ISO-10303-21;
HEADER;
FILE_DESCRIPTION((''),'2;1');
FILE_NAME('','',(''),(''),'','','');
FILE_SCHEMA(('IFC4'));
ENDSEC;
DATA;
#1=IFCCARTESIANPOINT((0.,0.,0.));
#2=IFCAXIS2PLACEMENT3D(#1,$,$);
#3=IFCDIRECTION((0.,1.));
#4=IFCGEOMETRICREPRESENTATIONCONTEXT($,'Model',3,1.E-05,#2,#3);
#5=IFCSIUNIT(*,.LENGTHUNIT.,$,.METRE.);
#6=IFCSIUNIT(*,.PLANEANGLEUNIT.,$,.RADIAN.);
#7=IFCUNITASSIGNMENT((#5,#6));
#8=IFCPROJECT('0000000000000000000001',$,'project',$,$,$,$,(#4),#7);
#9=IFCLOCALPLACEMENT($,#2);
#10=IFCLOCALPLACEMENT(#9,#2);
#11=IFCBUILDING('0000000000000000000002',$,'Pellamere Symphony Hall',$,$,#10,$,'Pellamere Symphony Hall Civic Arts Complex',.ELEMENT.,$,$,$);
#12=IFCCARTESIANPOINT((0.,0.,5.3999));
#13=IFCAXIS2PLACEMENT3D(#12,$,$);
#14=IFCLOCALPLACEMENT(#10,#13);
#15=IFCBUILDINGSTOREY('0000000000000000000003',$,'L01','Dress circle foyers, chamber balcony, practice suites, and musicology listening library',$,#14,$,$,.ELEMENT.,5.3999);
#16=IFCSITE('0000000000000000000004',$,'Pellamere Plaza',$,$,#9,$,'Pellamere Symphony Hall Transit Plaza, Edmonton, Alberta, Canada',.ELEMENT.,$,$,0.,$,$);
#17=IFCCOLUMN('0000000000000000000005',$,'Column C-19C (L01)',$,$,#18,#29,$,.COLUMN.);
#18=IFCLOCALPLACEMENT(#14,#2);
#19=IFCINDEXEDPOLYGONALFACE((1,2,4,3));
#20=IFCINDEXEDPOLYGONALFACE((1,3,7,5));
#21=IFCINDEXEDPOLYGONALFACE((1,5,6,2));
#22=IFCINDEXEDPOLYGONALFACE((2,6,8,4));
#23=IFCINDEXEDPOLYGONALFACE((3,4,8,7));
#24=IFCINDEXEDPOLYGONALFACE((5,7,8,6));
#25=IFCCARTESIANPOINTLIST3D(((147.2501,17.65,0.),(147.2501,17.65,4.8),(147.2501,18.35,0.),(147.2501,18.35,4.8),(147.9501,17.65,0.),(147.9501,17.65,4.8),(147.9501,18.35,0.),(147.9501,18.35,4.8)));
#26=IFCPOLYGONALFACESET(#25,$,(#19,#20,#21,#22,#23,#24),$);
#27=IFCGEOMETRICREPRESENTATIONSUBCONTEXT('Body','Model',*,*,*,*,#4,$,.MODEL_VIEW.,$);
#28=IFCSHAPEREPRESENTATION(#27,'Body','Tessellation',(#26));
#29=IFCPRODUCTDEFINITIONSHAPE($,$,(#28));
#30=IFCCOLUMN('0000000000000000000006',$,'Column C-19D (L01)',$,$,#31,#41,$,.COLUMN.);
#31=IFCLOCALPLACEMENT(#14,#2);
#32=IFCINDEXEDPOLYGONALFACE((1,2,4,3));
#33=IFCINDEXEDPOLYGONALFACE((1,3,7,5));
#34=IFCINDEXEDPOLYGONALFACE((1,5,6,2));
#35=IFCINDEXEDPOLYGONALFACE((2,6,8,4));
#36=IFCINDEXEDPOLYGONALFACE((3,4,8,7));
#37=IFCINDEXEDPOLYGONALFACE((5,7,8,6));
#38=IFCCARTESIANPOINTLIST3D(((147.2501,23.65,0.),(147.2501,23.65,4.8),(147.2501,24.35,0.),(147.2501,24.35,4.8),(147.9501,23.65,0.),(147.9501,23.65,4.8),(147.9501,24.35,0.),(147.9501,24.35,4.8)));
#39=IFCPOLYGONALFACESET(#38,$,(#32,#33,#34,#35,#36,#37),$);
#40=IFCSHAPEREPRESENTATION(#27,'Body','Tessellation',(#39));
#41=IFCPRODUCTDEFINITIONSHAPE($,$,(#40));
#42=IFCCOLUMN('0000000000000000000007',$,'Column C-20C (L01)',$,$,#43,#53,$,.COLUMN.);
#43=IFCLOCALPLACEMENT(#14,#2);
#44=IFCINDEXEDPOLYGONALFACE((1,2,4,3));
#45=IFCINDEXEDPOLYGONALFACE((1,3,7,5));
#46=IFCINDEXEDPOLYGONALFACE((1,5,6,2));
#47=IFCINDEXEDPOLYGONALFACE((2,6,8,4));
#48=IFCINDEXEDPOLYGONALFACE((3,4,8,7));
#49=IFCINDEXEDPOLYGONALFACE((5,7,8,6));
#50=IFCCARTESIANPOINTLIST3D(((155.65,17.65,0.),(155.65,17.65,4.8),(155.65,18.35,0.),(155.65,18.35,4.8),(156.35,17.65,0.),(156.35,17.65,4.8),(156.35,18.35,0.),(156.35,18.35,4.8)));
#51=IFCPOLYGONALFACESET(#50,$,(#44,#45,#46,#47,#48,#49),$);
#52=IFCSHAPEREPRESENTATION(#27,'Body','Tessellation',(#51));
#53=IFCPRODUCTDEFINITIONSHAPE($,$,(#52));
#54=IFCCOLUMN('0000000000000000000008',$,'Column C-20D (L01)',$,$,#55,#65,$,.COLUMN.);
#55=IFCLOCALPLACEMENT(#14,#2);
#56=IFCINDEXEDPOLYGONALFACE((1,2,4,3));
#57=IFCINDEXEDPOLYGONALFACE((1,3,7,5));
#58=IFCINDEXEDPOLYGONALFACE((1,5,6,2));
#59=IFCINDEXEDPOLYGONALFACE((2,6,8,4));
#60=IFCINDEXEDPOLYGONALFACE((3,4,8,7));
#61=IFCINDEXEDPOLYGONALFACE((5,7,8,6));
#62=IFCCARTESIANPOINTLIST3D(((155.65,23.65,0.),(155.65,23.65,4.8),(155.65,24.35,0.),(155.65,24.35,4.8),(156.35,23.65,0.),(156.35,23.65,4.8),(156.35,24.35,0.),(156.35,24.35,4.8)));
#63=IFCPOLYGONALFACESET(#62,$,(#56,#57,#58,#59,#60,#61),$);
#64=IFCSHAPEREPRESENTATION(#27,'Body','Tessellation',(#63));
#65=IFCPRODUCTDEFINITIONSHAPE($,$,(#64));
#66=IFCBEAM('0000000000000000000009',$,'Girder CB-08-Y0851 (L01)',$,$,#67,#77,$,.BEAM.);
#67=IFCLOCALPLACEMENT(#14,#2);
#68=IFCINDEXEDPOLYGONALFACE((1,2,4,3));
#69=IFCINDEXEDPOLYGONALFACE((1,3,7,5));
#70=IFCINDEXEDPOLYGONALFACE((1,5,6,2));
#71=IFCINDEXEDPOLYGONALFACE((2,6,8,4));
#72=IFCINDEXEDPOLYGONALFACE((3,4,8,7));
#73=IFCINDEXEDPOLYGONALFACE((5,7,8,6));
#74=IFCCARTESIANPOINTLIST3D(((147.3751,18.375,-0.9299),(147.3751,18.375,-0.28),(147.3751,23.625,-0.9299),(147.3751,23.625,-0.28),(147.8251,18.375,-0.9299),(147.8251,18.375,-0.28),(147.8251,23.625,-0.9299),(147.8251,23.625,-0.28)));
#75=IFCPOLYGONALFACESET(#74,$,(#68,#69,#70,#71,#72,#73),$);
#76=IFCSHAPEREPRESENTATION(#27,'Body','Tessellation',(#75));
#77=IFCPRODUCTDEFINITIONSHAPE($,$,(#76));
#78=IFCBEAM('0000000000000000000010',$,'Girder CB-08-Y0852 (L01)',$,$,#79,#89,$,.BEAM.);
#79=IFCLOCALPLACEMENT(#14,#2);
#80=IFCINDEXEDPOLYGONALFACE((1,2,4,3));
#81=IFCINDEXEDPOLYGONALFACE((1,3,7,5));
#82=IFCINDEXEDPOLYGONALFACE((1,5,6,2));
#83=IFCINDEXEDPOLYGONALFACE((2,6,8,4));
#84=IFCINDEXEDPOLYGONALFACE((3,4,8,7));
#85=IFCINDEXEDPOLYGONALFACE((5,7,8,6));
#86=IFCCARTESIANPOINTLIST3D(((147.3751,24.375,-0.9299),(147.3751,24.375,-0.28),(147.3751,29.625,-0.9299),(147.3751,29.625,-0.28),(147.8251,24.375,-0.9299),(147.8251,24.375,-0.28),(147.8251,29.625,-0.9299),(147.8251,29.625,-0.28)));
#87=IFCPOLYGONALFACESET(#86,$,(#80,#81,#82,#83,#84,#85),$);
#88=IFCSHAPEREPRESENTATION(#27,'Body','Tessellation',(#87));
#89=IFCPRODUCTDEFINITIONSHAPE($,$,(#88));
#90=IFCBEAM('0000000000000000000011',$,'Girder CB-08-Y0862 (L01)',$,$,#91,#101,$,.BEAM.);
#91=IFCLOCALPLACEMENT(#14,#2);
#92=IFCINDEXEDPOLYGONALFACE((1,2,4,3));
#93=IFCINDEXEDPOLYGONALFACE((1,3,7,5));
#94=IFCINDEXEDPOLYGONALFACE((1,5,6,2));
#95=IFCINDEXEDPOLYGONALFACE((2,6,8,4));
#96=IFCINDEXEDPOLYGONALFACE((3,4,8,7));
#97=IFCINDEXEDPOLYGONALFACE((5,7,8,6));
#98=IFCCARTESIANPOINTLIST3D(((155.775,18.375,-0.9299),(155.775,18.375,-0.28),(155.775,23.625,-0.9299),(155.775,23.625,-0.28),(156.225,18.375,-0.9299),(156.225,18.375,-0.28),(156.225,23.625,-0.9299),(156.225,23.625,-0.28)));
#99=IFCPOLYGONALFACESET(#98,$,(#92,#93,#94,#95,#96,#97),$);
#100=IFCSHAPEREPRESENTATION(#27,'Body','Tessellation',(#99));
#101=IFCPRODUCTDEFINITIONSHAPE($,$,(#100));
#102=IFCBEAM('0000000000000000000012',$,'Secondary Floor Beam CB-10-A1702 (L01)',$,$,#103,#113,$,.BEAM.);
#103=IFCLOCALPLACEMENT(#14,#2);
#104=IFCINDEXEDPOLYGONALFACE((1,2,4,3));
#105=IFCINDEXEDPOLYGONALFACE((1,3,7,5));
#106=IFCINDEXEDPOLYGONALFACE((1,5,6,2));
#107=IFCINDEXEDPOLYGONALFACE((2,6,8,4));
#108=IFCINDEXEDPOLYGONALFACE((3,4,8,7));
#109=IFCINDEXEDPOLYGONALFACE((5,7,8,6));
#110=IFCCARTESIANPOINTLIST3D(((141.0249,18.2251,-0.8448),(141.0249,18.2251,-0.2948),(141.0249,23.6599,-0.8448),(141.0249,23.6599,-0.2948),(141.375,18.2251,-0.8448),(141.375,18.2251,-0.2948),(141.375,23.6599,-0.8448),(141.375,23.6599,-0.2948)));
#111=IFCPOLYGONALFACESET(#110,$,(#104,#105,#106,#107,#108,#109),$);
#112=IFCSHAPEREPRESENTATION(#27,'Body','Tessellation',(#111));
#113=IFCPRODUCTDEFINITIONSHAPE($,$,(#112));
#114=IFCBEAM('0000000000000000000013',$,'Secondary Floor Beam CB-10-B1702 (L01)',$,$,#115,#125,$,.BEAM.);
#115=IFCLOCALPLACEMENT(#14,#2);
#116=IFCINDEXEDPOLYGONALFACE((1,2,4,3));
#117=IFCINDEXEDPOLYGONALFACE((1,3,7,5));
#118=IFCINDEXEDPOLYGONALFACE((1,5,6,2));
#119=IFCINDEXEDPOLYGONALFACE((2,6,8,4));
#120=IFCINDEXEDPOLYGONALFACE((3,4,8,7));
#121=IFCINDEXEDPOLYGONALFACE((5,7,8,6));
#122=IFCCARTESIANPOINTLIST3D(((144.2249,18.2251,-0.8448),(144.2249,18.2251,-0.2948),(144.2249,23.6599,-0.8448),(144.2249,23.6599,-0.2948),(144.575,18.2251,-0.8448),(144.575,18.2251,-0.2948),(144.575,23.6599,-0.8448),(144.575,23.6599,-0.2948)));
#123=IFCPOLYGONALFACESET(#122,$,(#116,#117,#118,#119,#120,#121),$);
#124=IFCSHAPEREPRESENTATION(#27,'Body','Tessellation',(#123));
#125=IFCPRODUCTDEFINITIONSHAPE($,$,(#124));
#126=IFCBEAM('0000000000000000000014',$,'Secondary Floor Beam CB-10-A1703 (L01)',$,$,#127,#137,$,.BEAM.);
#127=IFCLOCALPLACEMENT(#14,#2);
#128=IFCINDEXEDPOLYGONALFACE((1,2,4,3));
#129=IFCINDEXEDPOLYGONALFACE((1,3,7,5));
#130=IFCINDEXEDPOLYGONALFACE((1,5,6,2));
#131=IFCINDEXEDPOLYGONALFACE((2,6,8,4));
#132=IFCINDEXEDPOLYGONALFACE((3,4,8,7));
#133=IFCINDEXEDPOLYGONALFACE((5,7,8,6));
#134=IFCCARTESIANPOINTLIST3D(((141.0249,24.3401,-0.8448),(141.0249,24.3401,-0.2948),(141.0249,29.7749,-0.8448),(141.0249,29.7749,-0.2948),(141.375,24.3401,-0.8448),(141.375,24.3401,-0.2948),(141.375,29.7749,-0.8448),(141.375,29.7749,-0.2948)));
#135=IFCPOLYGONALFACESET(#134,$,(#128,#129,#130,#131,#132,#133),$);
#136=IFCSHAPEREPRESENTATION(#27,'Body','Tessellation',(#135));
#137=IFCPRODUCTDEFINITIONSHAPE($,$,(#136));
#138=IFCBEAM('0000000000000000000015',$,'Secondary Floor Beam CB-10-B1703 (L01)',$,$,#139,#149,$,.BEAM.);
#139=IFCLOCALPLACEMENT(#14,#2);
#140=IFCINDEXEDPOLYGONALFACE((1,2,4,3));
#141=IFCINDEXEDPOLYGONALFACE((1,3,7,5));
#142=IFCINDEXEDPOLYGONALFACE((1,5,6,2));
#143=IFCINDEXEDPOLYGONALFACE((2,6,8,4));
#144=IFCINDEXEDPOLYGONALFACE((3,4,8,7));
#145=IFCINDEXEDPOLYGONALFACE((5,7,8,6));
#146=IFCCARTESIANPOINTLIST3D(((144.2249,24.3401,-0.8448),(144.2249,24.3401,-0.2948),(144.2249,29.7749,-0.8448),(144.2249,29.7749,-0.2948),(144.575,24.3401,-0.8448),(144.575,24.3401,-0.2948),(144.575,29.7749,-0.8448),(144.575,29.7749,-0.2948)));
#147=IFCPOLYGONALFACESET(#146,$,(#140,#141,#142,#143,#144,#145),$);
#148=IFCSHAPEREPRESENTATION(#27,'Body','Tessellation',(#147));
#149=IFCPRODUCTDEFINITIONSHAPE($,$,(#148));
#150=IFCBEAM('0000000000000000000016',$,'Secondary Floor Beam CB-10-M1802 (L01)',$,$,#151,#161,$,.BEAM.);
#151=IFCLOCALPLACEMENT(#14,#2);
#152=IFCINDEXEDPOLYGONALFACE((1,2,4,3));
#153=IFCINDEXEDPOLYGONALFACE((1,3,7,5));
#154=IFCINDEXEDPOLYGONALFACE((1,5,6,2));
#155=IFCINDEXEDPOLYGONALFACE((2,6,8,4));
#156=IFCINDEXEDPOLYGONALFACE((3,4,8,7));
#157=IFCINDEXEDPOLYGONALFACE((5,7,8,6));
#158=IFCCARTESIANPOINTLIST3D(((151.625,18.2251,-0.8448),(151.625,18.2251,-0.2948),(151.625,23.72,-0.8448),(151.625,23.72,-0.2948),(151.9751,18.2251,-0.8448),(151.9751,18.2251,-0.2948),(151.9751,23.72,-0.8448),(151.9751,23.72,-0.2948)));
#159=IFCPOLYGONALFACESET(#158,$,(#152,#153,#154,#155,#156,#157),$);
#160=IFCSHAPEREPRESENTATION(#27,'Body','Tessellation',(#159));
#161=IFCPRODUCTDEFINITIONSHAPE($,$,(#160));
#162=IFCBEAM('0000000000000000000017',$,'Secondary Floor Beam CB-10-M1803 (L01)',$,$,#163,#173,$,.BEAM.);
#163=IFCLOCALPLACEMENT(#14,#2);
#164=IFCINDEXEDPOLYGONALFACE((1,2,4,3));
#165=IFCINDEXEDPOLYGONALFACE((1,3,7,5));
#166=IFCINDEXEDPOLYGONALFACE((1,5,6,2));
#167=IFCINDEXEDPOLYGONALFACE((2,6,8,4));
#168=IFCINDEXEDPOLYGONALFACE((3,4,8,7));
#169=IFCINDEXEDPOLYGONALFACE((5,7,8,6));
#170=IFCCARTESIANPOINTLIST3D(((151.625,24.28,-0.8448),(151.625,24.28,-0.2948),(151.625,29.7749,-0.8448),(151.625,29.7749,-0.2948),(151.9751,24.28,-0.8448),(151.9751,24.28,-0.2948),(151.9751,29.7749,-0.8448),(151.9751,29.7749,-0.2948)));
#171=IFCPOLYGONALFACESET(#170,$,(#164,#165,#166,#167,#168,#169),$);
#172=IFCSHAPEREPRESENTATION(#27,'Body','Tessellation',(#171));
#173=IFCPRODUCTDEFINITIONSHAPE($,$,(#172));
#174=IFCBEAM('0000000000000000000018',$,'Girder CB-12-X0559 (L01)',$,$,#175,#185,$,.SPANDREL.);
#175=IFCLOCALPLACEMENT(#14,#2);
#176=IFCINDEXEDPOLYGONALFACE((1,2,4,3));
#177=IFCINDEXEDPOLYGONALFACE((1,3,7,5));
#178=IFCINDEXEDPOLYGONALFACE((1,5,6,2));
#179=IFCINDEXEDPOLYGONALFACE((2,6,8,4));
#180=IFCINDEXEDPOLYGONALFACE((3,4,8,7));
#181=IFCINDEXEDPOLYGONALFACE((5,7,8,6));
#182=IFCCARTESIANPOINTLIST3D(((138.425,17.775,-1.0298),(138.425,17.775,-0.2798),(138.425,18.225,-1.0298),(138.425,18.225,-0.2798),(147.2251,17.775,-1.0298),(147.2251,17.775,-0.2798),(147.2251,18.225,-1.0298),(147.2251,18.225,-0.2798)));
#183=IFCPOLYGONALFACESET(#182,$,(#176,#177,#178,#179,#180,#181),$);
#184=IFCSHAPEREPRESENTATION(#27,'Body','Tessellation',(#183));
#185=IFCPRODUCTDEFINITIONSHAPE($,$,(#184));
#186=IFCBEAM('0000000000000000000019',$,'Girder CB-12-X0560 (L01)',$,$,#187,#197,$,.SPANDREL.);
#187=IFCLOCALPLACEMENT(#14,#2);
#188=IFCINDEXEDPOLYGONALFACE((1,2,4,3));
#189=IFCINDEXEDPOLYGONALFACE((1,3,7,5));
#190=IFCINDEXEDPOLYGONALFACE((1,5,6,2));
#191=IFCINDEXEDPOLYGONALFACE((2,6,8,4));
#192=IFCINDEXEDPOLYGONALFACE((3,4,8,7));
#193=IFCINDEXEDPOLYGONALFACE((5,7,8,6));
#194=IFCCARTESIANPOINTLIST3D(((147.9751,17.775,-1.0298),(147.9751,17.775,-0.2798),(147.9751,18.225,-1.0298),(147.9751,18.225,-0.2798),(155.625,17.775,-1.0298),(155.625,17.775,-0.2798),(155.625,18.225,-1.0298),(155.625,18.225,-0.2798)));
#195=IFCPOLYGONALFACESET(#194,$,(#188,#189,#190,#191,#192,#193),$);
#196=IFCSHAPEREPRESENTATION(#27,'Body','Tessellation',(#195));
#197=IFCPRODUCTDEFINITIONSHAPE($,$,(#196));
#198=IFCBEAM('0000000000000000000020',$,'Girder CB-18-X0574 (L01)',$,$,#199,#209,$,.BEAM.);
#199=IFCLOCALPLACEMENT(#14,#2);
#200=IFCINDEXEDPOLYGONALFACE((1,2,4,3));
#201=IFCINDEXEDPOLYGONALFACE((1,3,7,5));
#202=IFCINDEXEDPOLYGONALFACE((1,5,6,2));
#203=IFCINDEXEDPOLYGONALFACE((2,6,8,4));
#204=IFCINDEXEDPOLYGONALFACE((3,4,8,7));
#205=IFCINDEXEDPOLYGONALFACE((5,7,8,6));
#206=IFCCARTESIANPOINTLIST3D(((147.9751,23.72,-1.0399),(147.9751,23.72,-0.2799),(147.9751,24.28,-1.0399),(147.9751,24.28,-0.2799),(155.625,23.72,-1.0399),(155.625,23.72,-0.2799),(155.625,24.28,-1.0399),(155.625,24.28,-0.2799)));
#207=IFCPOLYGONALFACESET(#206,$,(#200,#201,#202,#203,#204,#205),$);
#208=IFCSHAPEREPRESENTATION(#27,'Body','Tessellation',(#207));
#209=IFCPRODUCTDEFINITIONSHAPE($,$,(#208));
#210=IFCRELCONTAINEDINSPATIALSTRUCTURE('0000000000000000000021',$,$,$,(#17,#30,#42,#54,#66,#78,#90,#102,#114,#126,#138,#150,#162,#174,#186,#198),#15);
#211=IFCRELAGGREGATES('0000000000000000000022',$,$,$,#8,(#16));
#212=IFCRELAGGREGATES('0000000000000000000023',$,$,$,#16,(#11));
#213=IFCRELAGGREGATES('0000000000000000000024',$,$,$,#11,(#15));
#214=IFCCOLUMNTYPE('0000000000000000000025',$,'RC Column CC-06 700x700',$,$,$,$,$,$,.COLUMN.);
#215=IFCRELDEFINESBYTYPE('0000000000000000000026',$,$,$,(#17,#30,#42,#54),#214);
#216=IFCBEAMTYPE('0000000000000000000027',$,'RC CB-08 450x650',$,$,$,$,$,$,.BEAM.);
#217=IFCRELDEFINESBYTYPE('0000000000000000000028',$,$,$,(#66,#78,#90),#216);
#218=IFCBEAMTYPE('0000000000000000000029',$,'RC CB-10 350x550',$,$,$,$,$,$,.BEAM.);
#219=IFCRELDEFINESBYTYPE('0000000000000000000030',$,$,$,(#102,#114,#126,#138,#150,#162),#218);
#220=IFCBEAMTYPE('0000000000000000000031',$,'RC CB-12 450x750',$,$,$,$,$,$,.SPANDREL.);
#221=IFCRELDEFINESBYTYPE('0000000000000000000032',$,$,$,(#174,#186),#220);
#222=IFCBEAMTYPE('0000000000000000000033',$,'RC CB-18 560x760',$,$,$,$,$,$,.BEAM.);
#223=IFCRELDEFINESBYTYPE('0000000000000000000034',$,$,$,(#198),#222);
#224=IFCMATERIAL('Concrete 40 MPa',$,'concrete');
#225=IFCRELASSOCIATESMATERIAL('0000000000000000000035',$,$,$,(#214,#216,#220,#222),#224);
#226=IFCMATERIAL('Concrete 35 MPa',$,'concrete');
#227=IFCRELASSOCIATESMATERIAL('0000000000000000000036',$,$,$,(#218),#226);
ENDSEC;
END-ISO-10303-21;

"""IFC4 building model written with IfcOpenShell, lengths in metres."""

from ifc_helpers import new_model, si_unit, direction, frame, origin, origin_2d, place, context, subcontext, project, spatial, rectangle, extrude, material, material_profile, profile_set, type_object, element, save


model = new_model("IFC4")

# Units and contexts
model_context = context("Model", 3, precision=1e-05, world=origin(), true_north=direction((0.0, 1.0)))
body_context = subcontext(model_context, "Body", "Model", "MODEL_VIEW")
ifc_project = project(units=[si_unit("LENGTHUNIT", "METRE"), si_unit("PLANEANGLEUNIT", "RADIAN")], contexts=[model_context])

# Site, building, storey
site_placement = place(None, origin())
site = spatial("IfcSite", under=ifc_project, at=site_placement, Name="Pellamere Plaza", LongName="Pellamere Symphony Hall Transit Plaza, Edmonton, Alberta, Canada", CompositionType="ELEMENT", RefElevation=0.0)
building_placement = place(site_placement, origin())
building = spatial("IfcBuilding", under=site, at=building_placement, Name="Pellamere Symphony Hall", LongName="Pellamere Symphony Hall Civic Arts Complex", CompositionType="ELEMENT")
storey_placement = place(building_placement, frame((0.0, 0.0, 5.3999)))
storey = spatial("IfcBuildingStorey", under=building, at=storey_placement, Name="L01", Description="Dress circle foyers, chamber balcony, practice suites, and musicology listening library", CompositionType="ELEMENT", Elevation=5.3999)

# Columns
ifc_material_1 = material(Name="Concrete 40 MPa", Category="concrete")
ifc_material_profile_1 = material_profile(ifc_material_1, rectangle(XDim=0.7, YDim=0.7, at=origin_2d()), Name="RC 700x700")
ifc_profile_set_1 = profile_set([ifc_material_profile_1], Name="Concrete 40 MPa")
column_type = type_object("IfcColumnType", Name="RC Column CC-06 700x700", PredefinedType="COLUMN", material=ifc_profile_set_1)
for number, where, z_axis, x_axis, name in (
    (1, (147.6001, 18.0, 0.0), (0.0, 0.0, 1.0), (1.0, 0.0, 0.0), "Column C-19C (L01)"),
    (2, (147.6001, 24.0, 0.0), (0.0, 0.0, 1.0), (1.0, 0.0, 0.0), "Column C-19D (L01)"),
    (3, (156.0, 18.0, 0.0), (0.0, 0.0, 1.0), (1.0, 0.0, 0.0), "Column C-20C (L01)"),
    (4, (156.0, 24.0, 0.0), (0.0, 0.0, 1.0), (1.0, 0.0, 0.0), "Column C-20D (L01)"),
):
    element("IfcColumn", number, at=place(storey_placement, frame(where, z_axis=z_axis, x_axis=x_axis)), inside=storey, type_object=column_type, Name=name, PredefinedType="COLUMN", context=body_context, shape_type="SweptSolid", body=[
        extrude(rectangle(XDim=0.7, YDim=0.7, at=origin_2d()), origin(), (0.0, 0.0, 1.0), 4.8),
    ])

# Beams
ifc_material_profile_2 = material_profile(ifc_material_1, rectangle(XDim=0.45, YDim=0.6499, at=origin_2d()), Name="RC 450x650")
ifc_profile_set_2 = profile_set([ifc_material_profile_2], Name="Concrete 40 MPa")
beam_type_1 = type_object("IfcBeamType", Name="RC CB-08 450x650", PredefinedType="BEAM", material=ifc_profile_set_2)
for number, where, z_axis, x_axis, name in (
    (5, (147.6001, 18.375, -0.605), (0.0, 1.0, 0.0), (-1.0, 0.0, 0.0), "Girder CB-08-Y0851 (L01)"),
    (6, (147.6001, 24.375, -0.605), (0.0, 1.0, 0.0), (-1.0, 0.0, 0.0), "Girder CB-08-Y0852 (L01)"),
    (7, (156.0, 18.375, -0.605), (0.0, 1.0, 0.0), (-1.0, 0.0, 0.0), "Girder CB-08-Y0862 (L01)"),
):
    element("IfcBeam", number, at=place(storey_placement, frame(where, z_axis=z_axis, x_axis=x_axis)), inside=storey, type_object=beam_type_1, Name=name, PredefinedType="BEAM", context=body_context, shape_type="SweptSolid", body=[
        extrude(rectangle(XDim=0.45, YDim=0.6499, at=origin_2d()), origin(), (0.0, 0.0, 1.0), 5.25),
    ])
ifc_material_2 = material(Name="Concrete 35 MPa", Category="concrete")
ifc_material_profile_3 = material_profile(ifc_material_2, rectangle(XDim=0.3501, YDim=0.55, at=origin_2d()), Name="RC 350x550")
ifc_profile_set_3 = profile_set([ifc_material_profile_3], Name="Concrete 35 MPa")
beam_type_2 = type_object("IfcBeamType", Name="RC CB-10 350x550", PredefinedType="BEAM", material=ifc_profile_set_3)
for number, where, z_axis, x_axis, name in (
    (8, (141.2, 18.2251, -0.5698), (0.0, 1.0, 0.0), (-1.0, 0.0, 0.0), "Secondary Floor Beam CB-10-A1702 (L01)"),
    (9, (144.3999, 18.2251, -0.5698), (0.0, 1.0, 0.0), (-1.0, 0.0, 0.0), "Secondary Floor Beam CB-10-B1702 (L01)"),
    (10, (141.2, 24.3401, -0.5698), (0.0, 1.0, 0.0), (-1.0, 0.0, 0.0), "Secondary Floor Beam CB-10-A1703 (L01)"),
    (11, (144.3999, 24.3401, -0.5698), (0.0, 1.0, 0.0), (-1.0, 0.0, 0.0), "Secondary Floor Beam CB-10-B1703 (L01)"),
):
    element("IfcBeam", number, at=place(storey_placement, frame(where, z_axis=z_axis, x_axis=x_axis)), inside=storey, type_object=beam_type_2, Name=name, PredefinedType="BEAM", context=body_context, shape_type="SweptSolid", body=[
        extrude(rectangle(XDim=0.3501, YDim=0.55, at=origin_2d()), origin(), (0.0, 0.0, 1.0), 5.4348),
    ])
for number, where, z_axis, x_axis, name in (
    (12, (151.8, 18.2251, -0.5698), (0.0, 1.0, 0.0), (-1.0, 0.0, 0.0), "Secondary Floor Beam CB-10-M1802 (L01)"),
    (13, (151.8, 24.28, -0.5698), (0.0, 1.0, 0.0), (-1.0, 0.0, 0.0), "Secondary Floor Beam CB-10-M1803 (L01)"),
):
    element("IfcBeam", number, at=place(storey_placement, frame(where, z_axis=z_axis, x_axis=x_axis)), inside=storey, type_object=beam_type_2, Name=name, PredefinedType="BEAM", context=body_context, shape_type="SweptSolid", body=[
        extrude(rectangle(XDim=0.3501, YDim=0.55, at=origin_2d()), origin(), (0.0, 0.0, 1.0), 5.4949),
    ])
ifc_material_profile_4 = material_profile(ifc_material_1, rectangle(XDim=0.45, YDim=0.75, at=origin_2d()), Name="RC 450x750")
ifc_profile_set_4 = profile_set([ifc_material_profile_4], Name="Concrete 40 MPa")
beam_type_3 = type_object("IfcBeamType", Name="RC CB-12 450x750", PredefinedType="SPANDREL", material=ifc_profile_set_4)
beam_1_placement = place(storey_placement, frame((138.425, 18.0, -0.6548), z_axis=(1.0, 0.0, 0.0), x_axis=(0.0, 1.0, 0.0)))
element("IfcBeam", 14, at=beam_1_placement, inside=storey, type_object=beam_type_3, Name="Girder CB-12-X0559 (L01)", PredefinedType="SPANDREL", context=body_context, shape_type="SweptSolid", body=[
    extrude(rectangle(XDim=0.45, YDim=0.75, at=origin_2d()), origin(), (0.0, 0.0, 1.0), 8.8),
])
beam_2_placement = place(storey_placement, frame((147.9751, 18.0, -0.6548), z_axis=(1.0, 0.0, 0.0), x_axis=(0.0, 1.0, 0.0)))
element("IfcBeam", 15, at=beam_2_placement, inside=storey, type_object=beam_type_3, Name="Girder CB-12-X0560 (L01)", PredefinedType="SPANDREL", context=body_context, shape_type="SweptSolid", body=[
    extrude(rectangle(XDim=0.45, YDim=0.75, at=origin_2d()), origin(), (0.0, 0.0, 1.0), 7.6499),
])
ifc_material_profile_5 = material_profile(ifc_material_1, rectangle(XDim=0.5601, YDim=0.76, at=origin_2d()), Name="RC 560x760")
ifc_profile_set_5 = profile_set([ifc_material_profile_5], Name="Concrete 40 MPa")
beam_type_4 = type_object("IfcBeamType", Name="RC CB-18 560x760", PredefinedType="BEAM", material=ifc_profile_set_5)
beam_3_placement = place(storey_placement, frame((147.9751, 24.0, -0.6599), z_axis=(1.0, 0.0, 0.0), x_axis=(0.0, 1.0, 0.0)))
element("IfcBeam", 16, at=beam_3_placement, inside=storey, type_object=beam_type_4, Name="Girder CB-18-X0574 (L01)", PredefinedType="BEAM", context=body_context, shape_type="SweptSolid", body=[
    extrude(rectangle(XDim=0.5601, YDim=0.76, at=origin_2d()), origin(), (0.0, 0.0, 1.0), 7.6499),
])

save(model, "model.ifc")
